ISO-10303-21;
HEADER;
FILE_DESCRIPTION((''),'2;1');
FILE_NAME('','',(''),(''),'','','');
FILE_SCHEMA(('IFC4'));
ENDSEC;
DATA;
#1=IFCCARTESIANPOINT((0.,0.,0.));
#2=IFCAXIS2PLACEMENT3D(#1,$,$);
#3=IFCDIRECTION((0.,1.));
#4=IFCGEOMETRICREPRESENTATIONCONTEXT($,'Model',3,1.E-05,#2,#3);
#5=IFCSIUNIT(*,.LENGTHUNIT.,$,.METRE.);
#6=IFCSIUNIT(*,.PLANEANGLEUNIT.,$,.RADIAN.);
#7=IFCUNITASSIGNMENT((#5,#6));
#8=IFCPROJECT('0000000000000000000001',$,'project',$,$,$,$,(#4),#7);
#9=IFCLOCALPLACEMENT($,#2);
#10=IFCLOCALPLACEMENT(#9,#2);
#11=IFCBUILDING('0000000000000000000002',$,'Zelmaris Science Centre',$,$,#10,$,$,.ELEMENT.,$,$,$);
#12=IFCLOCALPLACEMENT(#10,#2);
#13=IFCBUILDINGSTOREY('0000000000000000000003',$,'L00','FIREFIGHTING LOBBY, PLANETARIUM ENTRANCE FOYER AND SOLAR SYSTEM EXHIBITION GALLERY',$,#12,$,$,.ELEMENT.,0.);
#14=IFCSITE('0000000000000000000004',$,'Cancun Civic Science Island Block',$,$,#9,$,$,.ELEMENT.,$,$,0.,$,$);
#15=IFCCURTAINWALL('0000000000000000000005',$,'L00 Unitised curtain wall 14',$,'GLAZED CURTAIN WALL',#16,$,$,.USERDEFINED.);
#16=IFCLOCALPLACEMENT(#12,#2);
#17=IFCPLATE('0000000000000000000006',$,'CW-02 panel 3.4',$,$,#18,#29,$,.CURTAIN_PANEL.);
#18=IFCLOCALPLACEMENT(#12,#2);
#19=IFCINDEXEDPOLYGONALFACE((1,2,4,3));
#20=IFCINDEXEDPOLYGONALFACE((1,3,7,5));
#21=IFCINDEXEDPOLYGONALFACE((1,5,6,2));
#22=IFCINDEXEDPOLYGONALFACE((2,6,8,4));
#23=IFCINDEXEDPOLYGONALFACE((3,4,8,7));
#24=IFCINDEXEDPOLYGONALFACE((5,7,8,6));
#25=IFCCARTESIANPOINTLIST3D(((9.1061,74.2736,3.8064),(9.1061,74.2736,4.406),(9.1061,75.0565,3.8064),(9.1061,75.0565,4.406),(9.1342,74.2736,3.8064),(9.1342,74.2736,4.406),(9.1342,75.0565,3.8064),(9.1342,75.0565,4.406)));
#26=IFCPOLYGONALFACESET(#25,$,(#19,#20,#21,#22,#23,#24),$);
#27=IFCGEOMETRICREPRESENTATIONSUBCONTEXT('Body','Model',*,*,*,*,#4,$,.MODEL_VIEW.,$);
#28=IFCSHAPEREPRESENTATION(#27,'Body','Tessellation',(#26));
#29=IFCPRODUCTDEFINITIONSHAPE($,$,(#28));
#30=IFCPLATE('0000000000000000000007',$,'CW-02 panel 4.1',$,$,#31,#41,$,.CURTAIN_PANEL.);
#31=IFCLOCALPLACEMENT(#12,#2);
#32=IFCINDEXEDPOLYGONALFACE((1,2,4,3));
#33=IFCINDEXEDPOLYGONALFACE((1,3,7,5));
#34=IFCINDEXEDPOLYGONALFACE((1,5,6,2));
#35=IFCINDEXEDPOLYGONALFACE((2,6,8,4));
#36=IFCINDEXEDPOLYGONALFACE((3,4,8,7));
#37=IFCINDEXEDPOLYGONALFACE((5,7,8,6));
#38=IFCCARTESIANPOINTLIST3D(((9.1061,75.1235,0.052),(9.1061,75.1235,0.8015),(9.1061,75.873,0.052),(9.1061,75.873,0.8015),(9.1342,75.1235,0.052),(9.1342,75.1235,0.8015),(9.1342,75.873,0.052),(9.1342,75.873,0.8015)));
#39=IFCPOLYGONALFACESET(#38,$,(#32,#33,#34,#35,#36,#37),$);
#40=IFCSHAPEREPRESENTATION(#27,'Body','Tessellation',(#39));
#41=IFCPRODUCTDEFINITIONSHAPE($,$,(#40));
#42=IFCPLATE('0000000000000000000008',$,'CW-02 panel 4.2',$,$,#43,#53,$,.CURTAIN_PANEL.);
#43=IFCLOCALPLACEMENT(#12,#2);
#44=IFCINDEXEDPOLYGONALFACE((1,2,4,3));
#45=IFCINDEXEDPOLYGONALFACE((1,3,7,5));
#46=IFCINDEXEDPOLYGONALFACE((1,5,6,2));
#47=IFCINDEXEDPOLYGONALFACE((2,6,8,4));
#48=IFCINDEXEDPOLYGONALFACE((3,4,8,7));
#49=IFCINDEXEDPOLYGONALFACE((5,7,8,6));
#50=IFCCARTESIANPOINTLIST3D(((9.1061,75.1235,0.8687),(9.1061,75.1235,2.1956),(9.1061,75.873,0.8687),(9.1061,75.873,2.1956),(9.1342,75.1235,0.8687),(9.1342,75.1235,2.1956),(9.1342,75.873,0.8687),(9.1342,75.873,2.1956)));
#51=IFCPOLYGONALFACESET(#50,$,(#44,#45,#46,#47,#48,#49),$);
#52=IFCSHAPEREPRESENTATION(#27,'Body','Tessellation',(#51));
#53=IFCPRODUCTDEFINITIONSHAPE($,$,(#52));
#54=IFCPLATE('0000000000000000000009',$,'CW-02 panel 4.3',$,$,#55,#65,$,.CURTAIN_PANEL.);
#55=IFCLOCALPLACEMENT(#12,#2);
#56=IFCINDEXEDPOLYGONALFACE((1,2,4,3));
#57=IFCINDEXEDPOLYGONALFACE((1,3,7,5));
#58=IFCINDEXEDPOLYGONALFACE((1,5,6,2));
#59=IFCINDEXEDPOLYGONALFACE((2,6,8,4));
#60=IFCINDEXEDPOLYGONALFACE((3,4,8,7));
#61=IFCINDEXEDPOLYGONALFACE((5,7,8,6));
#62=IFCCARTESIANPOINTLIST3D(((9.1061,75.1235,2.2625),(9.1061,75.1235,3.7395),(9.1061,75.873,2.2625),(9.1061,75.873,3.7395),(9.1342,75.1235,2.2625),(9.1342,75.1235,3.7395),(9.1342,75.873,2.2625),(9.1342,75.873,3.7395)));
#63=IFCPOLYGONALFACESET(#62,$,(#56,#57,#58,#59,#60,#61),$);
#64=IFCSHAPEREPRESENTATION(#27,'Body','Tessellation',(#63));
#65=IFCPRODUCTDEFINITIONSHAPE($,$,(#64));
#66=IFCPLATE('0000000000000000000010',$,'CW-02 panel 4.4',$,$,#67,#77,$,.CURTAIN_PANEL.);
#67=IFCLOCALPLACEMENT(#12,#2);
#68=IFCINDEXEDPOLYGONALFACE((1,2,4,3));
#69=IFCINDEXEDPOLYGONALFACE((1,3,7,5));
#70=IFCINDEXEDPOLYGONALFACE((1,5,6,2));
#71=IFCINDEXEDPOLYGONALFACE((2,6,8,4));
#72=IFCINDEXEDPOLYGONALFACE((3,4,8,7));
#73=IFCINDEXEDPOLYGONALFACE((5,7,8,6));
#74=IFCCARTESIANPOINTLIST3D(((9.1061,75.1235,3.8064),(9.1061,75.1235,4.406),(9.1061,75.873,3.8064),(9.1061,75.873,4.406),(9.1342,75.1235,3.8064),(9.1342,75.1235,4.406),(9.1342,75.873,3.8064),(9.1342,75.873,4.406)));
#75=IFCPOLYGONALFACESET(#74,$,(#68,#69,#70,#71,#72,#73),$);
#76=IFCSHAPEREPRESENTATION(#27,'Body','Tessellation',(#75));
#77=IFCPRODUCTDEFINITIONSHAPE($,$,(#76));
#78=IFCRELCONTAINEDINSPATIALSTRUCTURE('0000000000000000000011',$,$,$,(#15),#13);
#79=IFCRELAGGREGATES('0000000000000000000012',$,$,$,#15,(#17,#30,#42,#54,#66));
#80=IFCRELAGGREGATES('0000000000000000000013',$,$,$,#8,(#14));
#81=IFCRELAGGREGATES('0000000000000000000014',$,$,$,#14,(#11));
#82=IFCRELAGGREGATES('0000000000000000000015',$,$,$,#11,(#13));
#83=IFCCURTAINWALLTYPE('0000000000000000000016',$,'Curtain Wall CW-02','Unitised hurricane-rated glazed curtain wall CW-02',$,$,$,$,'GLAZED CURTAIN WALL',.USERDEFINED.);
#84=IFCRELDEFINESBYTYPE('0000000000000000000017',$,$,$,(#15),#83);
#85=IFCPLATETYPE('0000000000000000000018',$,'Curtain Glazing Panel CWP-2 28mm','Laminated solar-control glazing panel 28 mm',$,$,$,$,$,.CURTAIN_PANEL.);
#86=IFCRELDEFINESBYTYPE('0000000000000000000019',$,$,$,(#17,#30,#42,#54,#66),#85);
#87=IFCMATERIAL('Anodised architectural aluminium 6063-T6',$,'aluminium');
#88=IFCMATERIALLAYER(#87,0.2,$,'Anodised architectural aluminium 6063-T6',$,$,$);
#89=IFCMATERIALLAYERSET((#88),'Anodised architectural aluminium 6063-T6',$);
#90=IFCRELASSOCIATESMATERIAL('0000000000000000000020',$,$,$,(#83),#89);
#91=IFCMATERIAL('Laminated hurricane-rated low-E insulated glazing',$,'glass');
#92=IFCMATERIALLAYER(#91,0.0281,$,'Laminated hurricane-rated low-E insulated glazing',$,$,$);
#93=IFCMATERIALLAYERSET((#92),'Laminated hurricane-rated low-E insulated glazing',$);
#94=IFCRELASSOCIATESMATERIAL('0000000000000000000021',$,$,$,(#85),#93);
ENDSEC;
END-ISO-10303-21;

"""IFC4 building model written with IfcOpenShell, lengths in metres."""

from ifc_helpers import new_model, si_unit, direction, frame, origin, origin_2d, place, context, subcontext, project, spatial, rectangle, extrude, material, layer, layer_set, type_object, element, aggregate, save


model = new_model("IFC4")

# Units and contexts
model_context = context("Model", 3, precision=1e-05, world=origin(), true_north=direction((0.0, 1.0)))
body_context = subcontext(model_context, "Body", "Model", "MODEL_VIEW")
ifc_project = project(units=[si_unit("LENGTHUNIT", "METRE"), si_unit("PLANEANGLEUNIT", "RADIAN")], contexts=[model_context])

# Site, building, storey
site_placement = place(None, origin())
site = spatial("IfcSite", under=ifc_project, at=site_placement, Name="Cancun Civic Science Island Block", CompositionType="ELEMENT", RefElevation=0.0)
building_placement = place(site_placement, origin())
building = spatial("IfcBuilding", under=site, at=building_placement, Name="Zelmaris Science Centre", CompositionType="ELEMENT")
storey_placement = place(building_placement, origin())
storey = spatial("IfcBuildingStorey", under=building, at=storey_placement, Name="L00", Description="FIREFIGHTING LOBBY, PLANETARIUM ENTRANCE FOYER AND SOLAR SYSTEM EXHIBITION GALLERY", CompositionType="ELEMENT", Elevation=0.0)

# Curtain wall
ifc_material_1 = material(Name="Anodised architectural aluminium 6063-T6", Category="aluminium")
ifc_layer_1 = layer(ifc_material_1, 0.2, Name="Anodised architectural aluminium 6063-T6")
ifc_layer_set_1 = layer_set([ifc_layer_1], Name="Anodised architectural aluminium 6063-T6")
curtain_wall_type = type_object("IfcCurtainWallType", Name="Curtain Wall CW-02", Description="Unitised hurricane-rated glazed curtain wall CW-02", ElementType="GLAZED CURTAIN WALL", PredefinedType="USERDEFINED", material=ifc_layer_set_1)
curtain_wall_placement = place(storey_placement, origin())
curtain_wall = element("IfcCurtainWall", 1, at=curtain_wall_placement, inside=storey, type_object=curtain_wall_type, Name="L00 Unitised curtain wall 14", ObjectType="GLAZED CURTAIN WALL", PredefinedType="USERDEFINED")

# Plates
ifc_material_2 = material(Name="Laminated hurricane-rated low-E insulated glazing", Category="glass")
ifc_layer_2 = layer(ifc_material_2, 0.0281, Name="Laminated hurricane-rated low-E insulated glazing")
ifc_layer_set_2 = layer_set([ifc_layer_2], Name="Laminated hurricane-rated low-E insulated glazing")
plate_type = type_object("IfcPlateType", Name="Curtain Glazing Panel CWP-2 28mm", Description="Laminated solar-control glazing panel 28 mm", PredefinedType="CURTAIN_PANEL", material=ifc_layer_set_2)
plate_1_placement = place(storey_placement, frame((9.1201, 74.665, 3.8064), z_axis=(0.0, 0.0, 1.0), x_axis=(0.0, 1.0, 0.0)))
plate_1 = element("IfcPlate", 2, at=plate_1_placement, type_object=plate_type, Name="CW-02 panel 3.4", PredefinedType="CURTAIN_PANEL", context=body_context, shape_type="SweptSolid", body=[
    extrude(rectangle(XDim=0.783, YDim=0.0281, at=origin_2d()), origin(), (0.0, 0.0, 1.0), 0.5996),
])
plate_2_placement = place(storey_placement, frame((9.1201, 75.4983, 0.052), z_axis=(0.0, 0.0, 1.0), x_axis=(0.0, 1.0, 0.0)))
plate_2 = element("IfcPlate", 3, at=plate_2_placement, type_object=plate_type, Name="CW-02 panel 4.1", PredefinedType="CURTAIN_PANEL", context=body_context, shape_type="SweptSolid", body=[
    extrude(rectangle(XDim=0.7495, YDim=0.0281, at=origin_2d()), origin(), (0.0, 0.0, 1.0), 0.7495),
])
plate_3_placement = place(storey_placement, frame((9.1201, 75.4983, 0.8687), z_axis=(0.0, 0.0, 1.0), x_axis=(0.0, 1.0, 0.0)))
plate_3 = element("IfcPlate", 4, at=plate_3_placement, type_object=plate_type, Name="CW-02 panel 4.2", PredefinedType="CURTAIN_PANEL", context=body_context, shape_type="SweptSolid", body=[
    extrude(rectangle(XDim=0.7495, YDim=0.0281, at=origin_2d()), origin(), (0.0, 0.0, 1.0), 1.3269),
])
plate_4_placement = place(storey_placement, frame((9.1201, 75.4983, 2.2625), z_axis=(0.0, 0.0, 1.0), x_axis=(0.0, 1.0, 0.0)))
plate_4 = element("IfcPlate", 5, at=plate_4_placement, type_object=plate_type, Name="CW-02 panel 4.3", PredefinedType="CURTAIN_PANEL", context=body_context, shape_type="SweptSolid", body=[
    extrude(rectangle(XDim=0.7495, YDim=0.0281, at=origin_2d()), origin(), (0.0, 0.0, 1.0), 1.4771),
])
plate_5_placement = place(storey_placement, frame((9.1201, 75.4983, 3.8064), z_axis=(0.0, 0.0, 1.0), x_axis=(0.0, 1.0, 0.0)))
plate_5 = element("IfcPlate", 6, at=plate_5_placement, type_object=plate_type, Name="CW-02 panel 4.4", PredefinedType="CURTAIN_PANEL", context=body_context, shape_type="SweptSolid", body=[
    extrude(rectangle(XDim=0.7495, YDim=0.0281, at=origin_2d()), origin(), (0.0, 0.0, 1.0), 0.5996),
])
aggregate(curtain_wall, [plate_1, plate_2, plate_3, plate_4, plate_5])

save(model, "model.ifc")
